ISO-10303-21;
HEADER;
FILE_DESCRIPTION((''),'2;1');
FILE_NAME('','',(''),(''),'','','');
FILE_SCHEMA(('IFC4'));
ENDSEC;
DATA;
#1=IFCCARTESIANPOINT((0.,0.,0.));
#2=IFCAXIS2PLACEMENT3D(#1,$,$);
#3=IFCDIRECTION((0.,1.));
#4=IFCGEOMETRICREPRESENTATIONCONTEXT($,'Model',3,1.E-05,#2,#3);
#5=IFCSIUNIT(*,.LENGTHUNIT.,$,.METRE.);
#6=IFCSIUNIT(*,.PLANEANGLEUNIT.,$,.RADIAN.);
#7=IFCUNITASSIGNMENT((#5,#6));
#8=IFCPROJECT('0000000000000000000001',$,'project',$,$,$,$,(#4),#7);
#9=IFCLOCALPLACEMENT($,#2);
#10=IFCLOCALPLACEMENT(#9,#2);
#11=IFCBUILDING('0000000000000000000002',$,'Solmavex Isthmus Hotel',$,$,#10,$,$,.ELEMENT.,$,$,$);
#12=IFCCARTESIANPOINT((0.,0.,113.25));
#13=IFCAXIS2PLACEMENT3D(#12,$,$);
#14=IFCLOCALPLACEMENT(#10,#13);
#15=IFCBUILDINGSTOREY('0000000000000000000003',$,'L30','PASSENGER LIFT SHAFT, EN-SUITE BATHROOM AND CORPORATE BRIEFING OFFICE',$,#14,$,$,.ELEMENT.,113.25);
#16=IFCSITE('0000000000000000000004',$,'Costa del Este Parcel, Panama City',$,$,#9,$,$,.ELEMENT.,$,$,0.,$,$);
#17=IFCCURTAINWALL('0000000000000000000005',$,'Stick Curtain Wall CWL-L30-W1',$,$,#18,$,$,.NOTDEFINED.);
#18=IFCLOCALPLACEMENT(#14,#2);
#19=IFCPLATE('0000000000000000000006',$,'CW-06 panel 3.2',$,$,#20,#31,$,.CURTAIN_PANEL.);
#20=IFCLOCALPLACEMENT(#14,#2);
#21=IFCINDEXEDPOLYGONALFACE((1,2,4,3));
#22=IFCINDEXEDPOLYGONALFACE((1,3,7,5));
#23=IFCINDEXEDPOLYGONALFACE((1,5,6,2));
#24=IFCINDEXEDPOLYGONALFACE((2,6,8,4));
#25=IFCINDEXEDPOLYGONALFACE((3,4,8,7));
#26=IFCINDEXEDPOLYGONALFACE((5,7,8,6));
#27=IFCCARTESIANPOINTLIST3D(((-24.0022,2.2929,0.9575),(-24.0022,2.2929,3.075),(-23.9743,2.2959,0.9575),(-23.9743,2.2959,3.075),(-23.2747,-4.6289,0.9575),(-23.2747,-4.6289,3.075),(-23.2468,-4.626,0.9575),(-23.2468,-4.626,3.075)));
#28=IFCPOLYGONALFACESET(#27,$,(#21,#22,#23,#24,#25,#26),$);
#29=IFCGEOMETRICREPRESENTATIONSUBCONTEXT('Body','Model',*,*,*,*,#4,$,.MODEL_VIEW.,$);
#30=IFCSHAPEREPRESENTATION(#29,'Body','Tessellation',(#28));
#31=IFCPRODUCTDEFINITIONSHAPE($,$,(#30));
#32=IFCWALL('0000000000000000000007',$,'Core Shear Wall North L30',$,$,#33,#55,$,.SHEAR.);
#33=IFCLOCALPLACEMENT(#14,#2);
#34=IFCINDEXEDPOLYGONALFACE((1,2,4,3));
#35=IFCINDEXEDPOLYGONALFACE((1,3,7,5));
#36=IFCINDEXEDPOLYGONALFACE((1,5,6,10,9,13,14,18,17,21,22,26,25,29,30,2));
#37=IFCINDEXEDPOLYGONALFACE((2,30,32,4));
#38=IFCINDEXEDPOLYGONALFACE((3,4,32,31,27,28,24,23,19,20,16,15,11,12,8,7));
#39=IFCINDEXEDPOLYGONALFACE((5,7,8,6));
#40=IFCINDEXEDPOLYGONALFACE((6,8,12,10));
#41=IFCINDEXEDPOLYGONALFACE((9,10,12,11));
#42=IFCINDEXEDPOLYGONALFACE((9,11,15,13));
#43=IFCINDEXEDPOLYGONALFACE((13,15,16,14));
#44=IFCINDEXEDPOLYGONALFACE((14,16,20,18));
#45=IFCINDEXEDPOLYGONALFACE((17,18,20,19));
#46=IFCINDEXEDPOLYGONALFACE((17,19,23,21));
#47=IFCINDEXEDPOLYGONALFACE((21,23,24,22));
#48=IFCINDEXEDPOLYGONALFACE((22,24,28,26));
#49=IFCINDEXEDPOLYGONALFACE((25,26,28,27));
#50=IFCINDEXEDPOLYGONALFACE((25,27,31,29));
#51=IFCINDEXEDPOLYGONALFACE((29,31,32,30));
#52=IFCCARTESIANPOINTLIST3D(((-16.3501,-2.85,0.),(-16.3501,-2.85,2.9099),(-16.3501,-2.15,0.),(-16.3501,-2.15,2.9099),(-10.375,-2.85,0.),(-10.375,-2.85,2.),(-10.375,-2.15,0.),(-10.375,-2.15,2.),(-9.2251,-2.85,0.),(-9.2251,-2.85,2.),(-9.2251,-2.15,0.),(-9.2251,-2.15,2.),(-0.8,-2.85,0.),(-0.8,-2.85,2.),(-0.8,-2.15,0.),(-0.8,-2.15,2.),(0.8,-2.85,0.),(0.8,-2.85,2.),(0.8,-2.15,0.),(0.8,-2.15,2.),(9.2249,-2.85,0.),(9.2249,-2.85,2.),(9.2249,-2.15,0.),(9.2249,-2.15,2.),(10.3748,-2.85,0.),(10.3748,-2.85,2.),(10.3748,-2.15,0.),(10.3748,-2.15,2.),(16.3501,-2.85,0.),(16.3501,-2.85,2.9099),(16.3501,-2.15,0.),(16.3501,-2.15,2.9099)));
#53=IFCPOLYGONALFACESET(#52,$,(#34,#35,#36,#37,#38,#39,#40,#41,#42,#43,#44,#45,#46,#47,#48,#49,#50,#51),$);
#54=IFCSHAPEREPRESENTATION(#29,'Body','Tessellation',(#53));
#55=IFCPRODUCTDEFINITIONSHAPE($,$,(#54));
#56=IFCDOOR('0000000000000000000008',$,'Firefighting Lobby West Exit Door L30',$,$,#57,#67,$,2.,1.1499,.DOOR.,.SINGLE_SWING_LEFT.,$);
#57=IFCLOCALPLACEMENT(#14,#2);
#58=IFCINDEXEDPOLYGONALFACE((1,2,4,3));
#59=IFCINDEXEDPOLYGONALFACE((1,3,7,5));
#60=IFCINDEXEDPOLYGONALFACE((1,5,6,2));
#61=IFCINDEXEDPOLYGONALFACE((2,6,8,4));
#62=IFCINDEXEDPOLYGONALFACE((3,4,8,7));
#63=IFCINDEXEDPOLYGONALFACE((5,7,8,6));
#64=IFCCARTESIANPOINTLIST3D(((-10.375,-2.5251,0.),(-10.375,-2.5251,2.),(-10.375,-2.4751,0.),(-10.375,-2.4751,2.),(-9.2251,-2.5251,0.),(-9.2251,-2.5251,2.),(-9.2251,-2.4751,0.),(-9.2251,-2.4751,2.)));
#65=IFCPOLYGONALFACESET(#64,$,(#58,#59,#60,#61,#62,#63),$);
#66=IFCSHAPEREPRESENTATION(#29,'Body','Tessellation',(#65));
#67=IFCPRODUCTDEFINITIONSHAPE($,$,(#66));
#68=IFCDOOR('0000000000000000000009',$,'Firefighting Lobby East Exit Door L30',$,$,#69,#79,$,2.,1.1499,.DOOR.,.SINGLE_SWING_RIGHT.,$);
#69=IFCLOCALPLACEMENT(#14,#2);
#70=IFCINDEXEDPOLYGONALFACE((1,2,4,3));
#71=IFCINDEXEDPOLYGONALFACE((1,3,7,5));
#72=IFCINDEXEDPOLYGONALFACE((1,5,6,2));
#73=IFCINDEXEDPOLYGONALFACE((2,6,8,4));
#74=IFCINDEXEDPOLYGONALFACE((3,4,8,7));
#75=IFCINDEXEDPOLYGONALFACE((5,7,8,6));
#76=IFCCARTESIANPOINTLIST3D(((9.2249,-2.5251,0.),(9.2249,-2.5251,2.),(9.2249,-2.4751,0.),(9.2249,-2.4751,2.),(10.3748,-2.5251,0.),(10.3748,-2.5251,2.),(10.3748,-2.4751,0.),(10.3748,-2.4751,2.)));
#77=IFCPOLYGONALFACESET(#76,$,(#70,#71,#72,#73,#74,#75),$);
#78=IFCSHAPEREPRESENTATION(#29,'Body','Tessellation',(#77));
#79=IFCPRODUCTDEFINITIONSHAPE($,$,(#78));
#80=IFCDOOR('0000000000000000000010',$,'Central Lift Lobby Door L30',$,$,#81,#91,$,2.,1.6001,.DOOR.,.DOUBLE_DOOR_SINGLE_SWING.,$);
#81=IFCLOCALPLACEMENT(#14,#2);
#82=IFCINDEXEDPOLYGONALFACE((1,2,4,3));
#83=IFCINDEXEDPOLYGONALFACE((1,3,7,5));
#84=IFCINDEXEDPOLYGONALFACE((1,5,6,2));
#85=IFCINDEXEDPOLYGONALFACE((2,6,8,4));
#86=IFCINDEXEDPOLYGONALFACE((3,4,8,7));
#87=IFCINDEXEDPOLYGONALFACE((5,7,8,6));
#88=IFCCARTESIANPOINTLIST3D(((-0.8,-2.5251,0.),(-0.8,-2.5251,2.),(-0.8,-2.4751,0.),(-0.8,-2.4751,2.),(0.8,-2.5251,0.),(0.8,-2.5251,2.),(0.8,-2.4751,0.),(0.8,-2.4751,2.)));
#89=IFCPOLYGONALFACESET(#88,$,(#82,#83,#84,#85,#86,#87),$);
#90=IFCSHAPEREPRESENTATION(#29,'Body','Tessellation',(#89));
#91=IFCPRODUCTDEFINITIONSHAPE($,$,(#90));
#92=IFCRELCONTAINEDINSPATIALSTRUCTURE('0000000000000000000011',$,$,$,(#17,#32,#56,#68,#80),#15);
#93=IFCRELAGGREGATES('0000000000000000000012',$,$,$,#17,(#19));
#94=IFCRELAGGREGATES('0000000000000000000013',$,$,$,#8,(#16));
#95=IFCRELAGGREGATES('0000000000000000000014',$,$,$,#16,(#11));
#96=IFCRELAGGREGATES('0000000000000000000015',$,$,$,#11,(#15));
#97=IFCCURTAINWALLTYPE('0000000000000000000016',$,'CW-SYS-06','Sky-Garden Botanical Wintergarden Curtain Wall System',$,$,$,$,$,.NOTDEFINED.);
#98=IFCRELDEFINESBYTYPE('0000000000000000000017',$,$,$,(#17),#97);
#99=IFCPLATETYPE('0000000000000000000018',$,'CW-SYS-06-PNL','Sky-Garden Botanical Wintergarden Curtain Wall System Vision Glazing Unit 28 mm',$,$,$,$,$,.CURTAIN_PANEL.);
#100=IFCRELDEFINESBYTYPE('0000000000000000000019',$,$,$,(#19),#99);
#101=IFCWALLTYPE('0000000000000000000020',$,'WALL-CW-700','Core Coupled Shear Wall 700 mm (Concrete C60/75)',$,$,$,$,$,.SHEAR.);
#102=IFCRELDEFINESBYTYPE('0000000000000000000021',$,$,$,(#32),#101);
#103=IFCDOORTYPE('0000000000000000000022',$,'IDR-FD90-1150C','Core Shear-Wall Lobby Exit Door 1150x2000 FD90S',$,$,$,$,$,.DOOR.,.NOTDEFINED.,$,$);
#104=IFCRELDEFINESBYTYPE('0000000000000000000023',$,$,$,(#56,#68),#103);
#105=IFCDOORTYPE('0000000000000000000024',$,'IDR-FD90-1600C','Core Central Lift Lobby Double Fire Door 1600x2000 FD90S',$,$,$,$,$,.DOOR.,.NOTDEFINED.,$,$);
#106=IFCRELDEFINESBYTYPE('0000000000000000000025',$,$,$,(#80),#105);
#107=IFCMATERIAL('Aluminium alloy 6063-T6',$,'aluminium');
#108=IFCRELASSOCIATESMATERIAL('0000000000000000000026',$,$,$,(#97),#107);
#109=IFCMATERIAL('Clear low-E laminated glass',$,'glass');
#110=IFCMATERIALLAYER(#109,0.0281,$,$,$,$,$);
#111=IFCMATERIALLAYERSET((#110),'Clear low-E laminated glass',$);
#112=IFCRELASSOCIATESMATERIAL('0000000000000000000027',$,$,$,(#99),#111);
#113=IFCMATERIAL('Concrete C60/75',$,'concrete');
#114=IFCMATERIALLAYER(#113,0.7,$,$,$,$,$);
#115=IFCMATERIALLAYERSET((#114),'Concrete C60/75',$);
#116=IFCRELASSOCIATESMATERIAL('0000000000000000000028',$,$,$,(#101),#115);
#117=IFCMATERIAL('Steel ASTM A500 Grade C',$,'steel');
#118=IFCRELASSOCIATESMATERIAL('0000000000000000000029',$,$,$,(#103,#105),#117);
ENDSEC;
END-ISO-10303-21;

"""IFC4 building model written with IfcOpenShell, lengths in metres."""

from ifc_helpers import new_model, si_unit, direction, frame, frame_2d, origin, origin_2d, place, context, subcontext, project, spatial, rectangle, extrude, material, layer, layer_set, type_object, element, fill, aggregate, save


model = new_model("IFC4")

# Units and contexts
model_context = context("Model", 3, precision=1e-05, world=origin(), true_north=direction((0.0, 1.0)))
body_context = subcontext(model_context, "Body", "Model", "MODEL_VIEW")
ifc_project = project(units=[si_unit("LENGTHUNIT", "METRE"), si_unit("PLANEANGLEUNIT", "RADIAN")], contexts=[model_context])

# Site, building, storey
site_placement = place(None, origin())
site = spatial("IfcSite", under=ifc_project, at=site_placement, Name="Costa del Este Parcel, Panama City", CompositionType="ELEMENT", RefElevation=0.0)
building_placement = place(site_placement, origin())
building = spatial("IfcBuilding", under=site, at=building_placement, Name="Solmavex Isthmus Hotel", CompositionType="ELEMENT")
storey_placement = place(building_placement, frame((0.0, 0.0, 113.25)))
storey = spatial("IfcBuildingStorey", under=building, at=storey_placement, Name="L30", Description="PASSENGER LIFT SHAFT, EN-SUITE BATHROOM AND CORPORATE BRIEFING OFFICE", CompositionType="ELEMENT", Elevation=113.25)

# Shared definitions
ifc_material_1 = material(Name="Concrete C60/75", Category="concrete")

# Curtain wall, plate
ifc_material_2 = material(Name="Aluminium alloy 6063-T6", Category="aluminium")
curtain_wall_type = type_object("IfcCurtainWallType", Name="CW-SYS-06", Description="Sky-Garden Botanical Wintergarden Curtain Wall System", PredefinedType="NOTDEFINED", material=ifc_material_2)
curtain_wall_placement = place(storey_placement, origin())
curtain_wall = element("IfcCurtainWall", 1, at=curtain_wall_placement, inside=storey, type_object=curtain_wall_type, Name="Stick Curtain Wall CWL-L30-W1", PredefinedType="NOTDEFINED")
ifc_material_3 = material(Name="Clear low-E laminated glass", Category="glass")
ifc_layer_1 = layer(ifc_material_3, 0.0281)
ifc_layer_set_1 = layer_set([ifc_layer_1], Name="Clear low-E laminated glass")
plate_type = type_object("IfcPlateType", Name="CW-SYS-06-PNL", Description="Sky-Garden Botanical Wintergarden Curtain Wall System Vision Glazing Unit 28 mm", PredefinedType="CURTAIN_PANEL", material=ifc_layer_set_1)
plate_1_placement = place(storey_placement, frame((-23.6245, -1.1665, 0.9575), z_axis=(0.0, 0.0, 1.0), x_axis=(-0.104528, 0.994522, 0.0)))
plate_1 = element("IfcPlate", 2, at=plate_1_placement, type_object=plate_type, Name="CW-06 panel 3.2", PredefinedType="CURTAIN_PANEL", context=body_context, shape_type="SweptSolid", body=[
    extrude(rectangle(XDim=6.96, YDim=0.0281, at=origin_2d()), origin(), (0.0, 0.0, 1.0), 2.1174),
])
aggregate(curtain_wall, [plate_1])

# Wall, openings, doors
ifc_layer_2 = layer(ifc_material_1, 0.7)
ifc_layer_set_2 = layer_set([ifc_layer_2], Name="Concrete C60/75")
wall_type_1 = type_object("IfcWallType", Name="WALL-CW-700", Description="Core Coupled Shear Wall 700 mm (Concrete C60/75)", PredefinedType="SHEAR", material=ifc_layer_set_2)
wall_1_placement = place(storey_placement, frame((-16.3501, -2.5, 0.0), z_axis=(0.0, 0.0, 1.0), x_axis=(1.0, 0.0, 0.0)))
wall_1 = element("IfcWall", 3, at=wall_1_placement, inside=storey, type_object=wall_type_1, Name="Core Shear Wall North L30", PredefinedType="SHEAR", context=body_context, shape_type="SweptSolid", body=[
    extrude(rectangle(XDim=32.7002, YDim=0.7, at=frame_2d((16.3501, 0.0))), origin(), (0.0, 0.0, 1.0), 2.9099),
])
opening_1_placement = place(wall_1_placement, frame((5.9751, 0.0, 0.0)))
opening_1 = element("IfcOpeningElement", 4, at=opening_1_placement, cuts=wall_1, PredefinedType="OPENING", context=body_context, shape_type="SweptSolid", body=[
    extrude(rectangle(XDim=1.1499, YDim=2.0, at=frame_2d((0.575, 1.0))), frame((0.0, 0.3599, 0.0), z_axis=(0.0, -1.0, 0.0), x_axis=(1.0, 0.0, 0.0)), (0.0, 0.0, 1.0), 0.72),
])
opening_2_placement = place(wall_1_placement, frame((15.55, 0.0, 0.0)))
opening_2 = element("IfcOpeningElement", 5, at=opening_2_placement, cuts=wall_1, PredefinedType="OPENING", context=body_context, shape_type="SweptSolid", body=[
    extrude(rectangle(XDim=1.6001, YDim=2.0, at=frame_2d((0.8, 1.0))), frame((0.0, 0.3599, 0.0), z_axis=(0.0, -1.0, 0.0), x_axis=(1.0, 0.0, 0.0)), (0.0, 0.0, 1.0), 0.72),
])
opening_3_placement = place(wall_1_placement, frame((25.575, 0.0, 0.0)))
opening_3 = element("IfcOpeningElement", 6, at=opening_3_placement, cuts=wall_1, PredefinedType="OPENING", context=body_context, shape_type="SweptSolid", body=[
    extrude(rectangle(XDim=1.1499, YDim=2.0, at=frame_2d((0.575, 1.0))), frame((0.0, 0.3599, 0.0), z_axis=(0.0, -1.0, 0.0), x_axis=(1.0, 0.0, 0.0)), (0.0, 0.0, 1.0), 0.72),
])
ifc_material_4 = material(Name="Steel ASTM A500 Grade C", Category="steel")
door_type_1 = type_object("IfcDoorType", Name="IDR-FD90-1150C", Description="Core Shear-Wall Lobby Exit Door 1150x2000 FD90S", OperationType="NOTDEFINED", PredefinedType="DOOR", material=ifc_material_4)
door_1_placement = place(opening_1_placement, origin())
door_1 = element("IfcDoor", 7, at=door_1_placement, inside=storey, type_object=door_type_1, Name="Firefighting Lobby West Exit Door L30", OperationType="SINGLE_SWING_LEFT", OverallHeight=2.0, OverallWidth=1.1499, PredefinedType="DOOR", context=body_context, shape_type="SweptSolid", body=[
    extrude(rectangle(XDim=1.1499, YDim=2.0, at=frame_2d((0.575, 1.0))), frame((0.0, 0.0249, 0.0), z_axis=(0.0, -1.0, 0.0), x_axis=(1.0, 0.0, 0.0)), (0.0, 0.0, 1.0), 0.05),
])
fill(opening_1, door_1)
door_2_placement = place(opening_3_placement, origin())
door_2 = element("IfcDoor", 8, at=door_2_placement, inside=storey, type_object=door_type_1, Name="Firefighting Lobby East Exit Door L30", OperationType="SINGLE_SWING_RIGHT", OverallHeight=2.0, OverallWidth=1.1499, PredefinedType="DOOR", context=body_context, shape_type="SweptSolid", body=[
    extrude(rectangle(XDim=1.1499, YDim=2.0, at=frame_2d((0.575, 1.0))), frame((0.0, 0.0249, 0.0), z_axis=(0.0, -1.0, 0.0), x_axis=(1.0, 0.0, 0.0)), (0.0, 0.0, 1.0), 0.05),
])
fill(opening_3, door_2)
door_type_2 = type_object("IfcDoorType", Name="IDR-FD90-1600C", Description="Core Central Lift Lobby Double Fire Door 1600x2000 FD90S", OperationType="NOTDEFINED", PredefinedType="DOOR", material=ifc_material_4)
door_3_placement = place(opening_2_placement, origin())
door_3 = element("IfcDoor", 9, at=door_3_placement, inside=storey, type_object=door_type_2, Name="Central Lift Lobby Door L30", OperationType="DOUBLE_DOOR_SINGLE_SWING", OverallHeight=2.0, OverallWidth=1.6001, PredefinedType="DOOR", context=body_context, shape_type="SweptSolid", body=[
    extrude(rectangle(XDim=1.6001, YDim=2.0, at=frame_2d((0.8, 1.0))), frame((0.0, 0.0249, 0.0), z_axis=(0.0, -1.0, 0.0), x_axis=(1.0, 0.0, 0.0)), (0.0, 0.0, 1.0), 0.05),
])
fill(opening_2, door_3)

save(model, "model.ifc")
